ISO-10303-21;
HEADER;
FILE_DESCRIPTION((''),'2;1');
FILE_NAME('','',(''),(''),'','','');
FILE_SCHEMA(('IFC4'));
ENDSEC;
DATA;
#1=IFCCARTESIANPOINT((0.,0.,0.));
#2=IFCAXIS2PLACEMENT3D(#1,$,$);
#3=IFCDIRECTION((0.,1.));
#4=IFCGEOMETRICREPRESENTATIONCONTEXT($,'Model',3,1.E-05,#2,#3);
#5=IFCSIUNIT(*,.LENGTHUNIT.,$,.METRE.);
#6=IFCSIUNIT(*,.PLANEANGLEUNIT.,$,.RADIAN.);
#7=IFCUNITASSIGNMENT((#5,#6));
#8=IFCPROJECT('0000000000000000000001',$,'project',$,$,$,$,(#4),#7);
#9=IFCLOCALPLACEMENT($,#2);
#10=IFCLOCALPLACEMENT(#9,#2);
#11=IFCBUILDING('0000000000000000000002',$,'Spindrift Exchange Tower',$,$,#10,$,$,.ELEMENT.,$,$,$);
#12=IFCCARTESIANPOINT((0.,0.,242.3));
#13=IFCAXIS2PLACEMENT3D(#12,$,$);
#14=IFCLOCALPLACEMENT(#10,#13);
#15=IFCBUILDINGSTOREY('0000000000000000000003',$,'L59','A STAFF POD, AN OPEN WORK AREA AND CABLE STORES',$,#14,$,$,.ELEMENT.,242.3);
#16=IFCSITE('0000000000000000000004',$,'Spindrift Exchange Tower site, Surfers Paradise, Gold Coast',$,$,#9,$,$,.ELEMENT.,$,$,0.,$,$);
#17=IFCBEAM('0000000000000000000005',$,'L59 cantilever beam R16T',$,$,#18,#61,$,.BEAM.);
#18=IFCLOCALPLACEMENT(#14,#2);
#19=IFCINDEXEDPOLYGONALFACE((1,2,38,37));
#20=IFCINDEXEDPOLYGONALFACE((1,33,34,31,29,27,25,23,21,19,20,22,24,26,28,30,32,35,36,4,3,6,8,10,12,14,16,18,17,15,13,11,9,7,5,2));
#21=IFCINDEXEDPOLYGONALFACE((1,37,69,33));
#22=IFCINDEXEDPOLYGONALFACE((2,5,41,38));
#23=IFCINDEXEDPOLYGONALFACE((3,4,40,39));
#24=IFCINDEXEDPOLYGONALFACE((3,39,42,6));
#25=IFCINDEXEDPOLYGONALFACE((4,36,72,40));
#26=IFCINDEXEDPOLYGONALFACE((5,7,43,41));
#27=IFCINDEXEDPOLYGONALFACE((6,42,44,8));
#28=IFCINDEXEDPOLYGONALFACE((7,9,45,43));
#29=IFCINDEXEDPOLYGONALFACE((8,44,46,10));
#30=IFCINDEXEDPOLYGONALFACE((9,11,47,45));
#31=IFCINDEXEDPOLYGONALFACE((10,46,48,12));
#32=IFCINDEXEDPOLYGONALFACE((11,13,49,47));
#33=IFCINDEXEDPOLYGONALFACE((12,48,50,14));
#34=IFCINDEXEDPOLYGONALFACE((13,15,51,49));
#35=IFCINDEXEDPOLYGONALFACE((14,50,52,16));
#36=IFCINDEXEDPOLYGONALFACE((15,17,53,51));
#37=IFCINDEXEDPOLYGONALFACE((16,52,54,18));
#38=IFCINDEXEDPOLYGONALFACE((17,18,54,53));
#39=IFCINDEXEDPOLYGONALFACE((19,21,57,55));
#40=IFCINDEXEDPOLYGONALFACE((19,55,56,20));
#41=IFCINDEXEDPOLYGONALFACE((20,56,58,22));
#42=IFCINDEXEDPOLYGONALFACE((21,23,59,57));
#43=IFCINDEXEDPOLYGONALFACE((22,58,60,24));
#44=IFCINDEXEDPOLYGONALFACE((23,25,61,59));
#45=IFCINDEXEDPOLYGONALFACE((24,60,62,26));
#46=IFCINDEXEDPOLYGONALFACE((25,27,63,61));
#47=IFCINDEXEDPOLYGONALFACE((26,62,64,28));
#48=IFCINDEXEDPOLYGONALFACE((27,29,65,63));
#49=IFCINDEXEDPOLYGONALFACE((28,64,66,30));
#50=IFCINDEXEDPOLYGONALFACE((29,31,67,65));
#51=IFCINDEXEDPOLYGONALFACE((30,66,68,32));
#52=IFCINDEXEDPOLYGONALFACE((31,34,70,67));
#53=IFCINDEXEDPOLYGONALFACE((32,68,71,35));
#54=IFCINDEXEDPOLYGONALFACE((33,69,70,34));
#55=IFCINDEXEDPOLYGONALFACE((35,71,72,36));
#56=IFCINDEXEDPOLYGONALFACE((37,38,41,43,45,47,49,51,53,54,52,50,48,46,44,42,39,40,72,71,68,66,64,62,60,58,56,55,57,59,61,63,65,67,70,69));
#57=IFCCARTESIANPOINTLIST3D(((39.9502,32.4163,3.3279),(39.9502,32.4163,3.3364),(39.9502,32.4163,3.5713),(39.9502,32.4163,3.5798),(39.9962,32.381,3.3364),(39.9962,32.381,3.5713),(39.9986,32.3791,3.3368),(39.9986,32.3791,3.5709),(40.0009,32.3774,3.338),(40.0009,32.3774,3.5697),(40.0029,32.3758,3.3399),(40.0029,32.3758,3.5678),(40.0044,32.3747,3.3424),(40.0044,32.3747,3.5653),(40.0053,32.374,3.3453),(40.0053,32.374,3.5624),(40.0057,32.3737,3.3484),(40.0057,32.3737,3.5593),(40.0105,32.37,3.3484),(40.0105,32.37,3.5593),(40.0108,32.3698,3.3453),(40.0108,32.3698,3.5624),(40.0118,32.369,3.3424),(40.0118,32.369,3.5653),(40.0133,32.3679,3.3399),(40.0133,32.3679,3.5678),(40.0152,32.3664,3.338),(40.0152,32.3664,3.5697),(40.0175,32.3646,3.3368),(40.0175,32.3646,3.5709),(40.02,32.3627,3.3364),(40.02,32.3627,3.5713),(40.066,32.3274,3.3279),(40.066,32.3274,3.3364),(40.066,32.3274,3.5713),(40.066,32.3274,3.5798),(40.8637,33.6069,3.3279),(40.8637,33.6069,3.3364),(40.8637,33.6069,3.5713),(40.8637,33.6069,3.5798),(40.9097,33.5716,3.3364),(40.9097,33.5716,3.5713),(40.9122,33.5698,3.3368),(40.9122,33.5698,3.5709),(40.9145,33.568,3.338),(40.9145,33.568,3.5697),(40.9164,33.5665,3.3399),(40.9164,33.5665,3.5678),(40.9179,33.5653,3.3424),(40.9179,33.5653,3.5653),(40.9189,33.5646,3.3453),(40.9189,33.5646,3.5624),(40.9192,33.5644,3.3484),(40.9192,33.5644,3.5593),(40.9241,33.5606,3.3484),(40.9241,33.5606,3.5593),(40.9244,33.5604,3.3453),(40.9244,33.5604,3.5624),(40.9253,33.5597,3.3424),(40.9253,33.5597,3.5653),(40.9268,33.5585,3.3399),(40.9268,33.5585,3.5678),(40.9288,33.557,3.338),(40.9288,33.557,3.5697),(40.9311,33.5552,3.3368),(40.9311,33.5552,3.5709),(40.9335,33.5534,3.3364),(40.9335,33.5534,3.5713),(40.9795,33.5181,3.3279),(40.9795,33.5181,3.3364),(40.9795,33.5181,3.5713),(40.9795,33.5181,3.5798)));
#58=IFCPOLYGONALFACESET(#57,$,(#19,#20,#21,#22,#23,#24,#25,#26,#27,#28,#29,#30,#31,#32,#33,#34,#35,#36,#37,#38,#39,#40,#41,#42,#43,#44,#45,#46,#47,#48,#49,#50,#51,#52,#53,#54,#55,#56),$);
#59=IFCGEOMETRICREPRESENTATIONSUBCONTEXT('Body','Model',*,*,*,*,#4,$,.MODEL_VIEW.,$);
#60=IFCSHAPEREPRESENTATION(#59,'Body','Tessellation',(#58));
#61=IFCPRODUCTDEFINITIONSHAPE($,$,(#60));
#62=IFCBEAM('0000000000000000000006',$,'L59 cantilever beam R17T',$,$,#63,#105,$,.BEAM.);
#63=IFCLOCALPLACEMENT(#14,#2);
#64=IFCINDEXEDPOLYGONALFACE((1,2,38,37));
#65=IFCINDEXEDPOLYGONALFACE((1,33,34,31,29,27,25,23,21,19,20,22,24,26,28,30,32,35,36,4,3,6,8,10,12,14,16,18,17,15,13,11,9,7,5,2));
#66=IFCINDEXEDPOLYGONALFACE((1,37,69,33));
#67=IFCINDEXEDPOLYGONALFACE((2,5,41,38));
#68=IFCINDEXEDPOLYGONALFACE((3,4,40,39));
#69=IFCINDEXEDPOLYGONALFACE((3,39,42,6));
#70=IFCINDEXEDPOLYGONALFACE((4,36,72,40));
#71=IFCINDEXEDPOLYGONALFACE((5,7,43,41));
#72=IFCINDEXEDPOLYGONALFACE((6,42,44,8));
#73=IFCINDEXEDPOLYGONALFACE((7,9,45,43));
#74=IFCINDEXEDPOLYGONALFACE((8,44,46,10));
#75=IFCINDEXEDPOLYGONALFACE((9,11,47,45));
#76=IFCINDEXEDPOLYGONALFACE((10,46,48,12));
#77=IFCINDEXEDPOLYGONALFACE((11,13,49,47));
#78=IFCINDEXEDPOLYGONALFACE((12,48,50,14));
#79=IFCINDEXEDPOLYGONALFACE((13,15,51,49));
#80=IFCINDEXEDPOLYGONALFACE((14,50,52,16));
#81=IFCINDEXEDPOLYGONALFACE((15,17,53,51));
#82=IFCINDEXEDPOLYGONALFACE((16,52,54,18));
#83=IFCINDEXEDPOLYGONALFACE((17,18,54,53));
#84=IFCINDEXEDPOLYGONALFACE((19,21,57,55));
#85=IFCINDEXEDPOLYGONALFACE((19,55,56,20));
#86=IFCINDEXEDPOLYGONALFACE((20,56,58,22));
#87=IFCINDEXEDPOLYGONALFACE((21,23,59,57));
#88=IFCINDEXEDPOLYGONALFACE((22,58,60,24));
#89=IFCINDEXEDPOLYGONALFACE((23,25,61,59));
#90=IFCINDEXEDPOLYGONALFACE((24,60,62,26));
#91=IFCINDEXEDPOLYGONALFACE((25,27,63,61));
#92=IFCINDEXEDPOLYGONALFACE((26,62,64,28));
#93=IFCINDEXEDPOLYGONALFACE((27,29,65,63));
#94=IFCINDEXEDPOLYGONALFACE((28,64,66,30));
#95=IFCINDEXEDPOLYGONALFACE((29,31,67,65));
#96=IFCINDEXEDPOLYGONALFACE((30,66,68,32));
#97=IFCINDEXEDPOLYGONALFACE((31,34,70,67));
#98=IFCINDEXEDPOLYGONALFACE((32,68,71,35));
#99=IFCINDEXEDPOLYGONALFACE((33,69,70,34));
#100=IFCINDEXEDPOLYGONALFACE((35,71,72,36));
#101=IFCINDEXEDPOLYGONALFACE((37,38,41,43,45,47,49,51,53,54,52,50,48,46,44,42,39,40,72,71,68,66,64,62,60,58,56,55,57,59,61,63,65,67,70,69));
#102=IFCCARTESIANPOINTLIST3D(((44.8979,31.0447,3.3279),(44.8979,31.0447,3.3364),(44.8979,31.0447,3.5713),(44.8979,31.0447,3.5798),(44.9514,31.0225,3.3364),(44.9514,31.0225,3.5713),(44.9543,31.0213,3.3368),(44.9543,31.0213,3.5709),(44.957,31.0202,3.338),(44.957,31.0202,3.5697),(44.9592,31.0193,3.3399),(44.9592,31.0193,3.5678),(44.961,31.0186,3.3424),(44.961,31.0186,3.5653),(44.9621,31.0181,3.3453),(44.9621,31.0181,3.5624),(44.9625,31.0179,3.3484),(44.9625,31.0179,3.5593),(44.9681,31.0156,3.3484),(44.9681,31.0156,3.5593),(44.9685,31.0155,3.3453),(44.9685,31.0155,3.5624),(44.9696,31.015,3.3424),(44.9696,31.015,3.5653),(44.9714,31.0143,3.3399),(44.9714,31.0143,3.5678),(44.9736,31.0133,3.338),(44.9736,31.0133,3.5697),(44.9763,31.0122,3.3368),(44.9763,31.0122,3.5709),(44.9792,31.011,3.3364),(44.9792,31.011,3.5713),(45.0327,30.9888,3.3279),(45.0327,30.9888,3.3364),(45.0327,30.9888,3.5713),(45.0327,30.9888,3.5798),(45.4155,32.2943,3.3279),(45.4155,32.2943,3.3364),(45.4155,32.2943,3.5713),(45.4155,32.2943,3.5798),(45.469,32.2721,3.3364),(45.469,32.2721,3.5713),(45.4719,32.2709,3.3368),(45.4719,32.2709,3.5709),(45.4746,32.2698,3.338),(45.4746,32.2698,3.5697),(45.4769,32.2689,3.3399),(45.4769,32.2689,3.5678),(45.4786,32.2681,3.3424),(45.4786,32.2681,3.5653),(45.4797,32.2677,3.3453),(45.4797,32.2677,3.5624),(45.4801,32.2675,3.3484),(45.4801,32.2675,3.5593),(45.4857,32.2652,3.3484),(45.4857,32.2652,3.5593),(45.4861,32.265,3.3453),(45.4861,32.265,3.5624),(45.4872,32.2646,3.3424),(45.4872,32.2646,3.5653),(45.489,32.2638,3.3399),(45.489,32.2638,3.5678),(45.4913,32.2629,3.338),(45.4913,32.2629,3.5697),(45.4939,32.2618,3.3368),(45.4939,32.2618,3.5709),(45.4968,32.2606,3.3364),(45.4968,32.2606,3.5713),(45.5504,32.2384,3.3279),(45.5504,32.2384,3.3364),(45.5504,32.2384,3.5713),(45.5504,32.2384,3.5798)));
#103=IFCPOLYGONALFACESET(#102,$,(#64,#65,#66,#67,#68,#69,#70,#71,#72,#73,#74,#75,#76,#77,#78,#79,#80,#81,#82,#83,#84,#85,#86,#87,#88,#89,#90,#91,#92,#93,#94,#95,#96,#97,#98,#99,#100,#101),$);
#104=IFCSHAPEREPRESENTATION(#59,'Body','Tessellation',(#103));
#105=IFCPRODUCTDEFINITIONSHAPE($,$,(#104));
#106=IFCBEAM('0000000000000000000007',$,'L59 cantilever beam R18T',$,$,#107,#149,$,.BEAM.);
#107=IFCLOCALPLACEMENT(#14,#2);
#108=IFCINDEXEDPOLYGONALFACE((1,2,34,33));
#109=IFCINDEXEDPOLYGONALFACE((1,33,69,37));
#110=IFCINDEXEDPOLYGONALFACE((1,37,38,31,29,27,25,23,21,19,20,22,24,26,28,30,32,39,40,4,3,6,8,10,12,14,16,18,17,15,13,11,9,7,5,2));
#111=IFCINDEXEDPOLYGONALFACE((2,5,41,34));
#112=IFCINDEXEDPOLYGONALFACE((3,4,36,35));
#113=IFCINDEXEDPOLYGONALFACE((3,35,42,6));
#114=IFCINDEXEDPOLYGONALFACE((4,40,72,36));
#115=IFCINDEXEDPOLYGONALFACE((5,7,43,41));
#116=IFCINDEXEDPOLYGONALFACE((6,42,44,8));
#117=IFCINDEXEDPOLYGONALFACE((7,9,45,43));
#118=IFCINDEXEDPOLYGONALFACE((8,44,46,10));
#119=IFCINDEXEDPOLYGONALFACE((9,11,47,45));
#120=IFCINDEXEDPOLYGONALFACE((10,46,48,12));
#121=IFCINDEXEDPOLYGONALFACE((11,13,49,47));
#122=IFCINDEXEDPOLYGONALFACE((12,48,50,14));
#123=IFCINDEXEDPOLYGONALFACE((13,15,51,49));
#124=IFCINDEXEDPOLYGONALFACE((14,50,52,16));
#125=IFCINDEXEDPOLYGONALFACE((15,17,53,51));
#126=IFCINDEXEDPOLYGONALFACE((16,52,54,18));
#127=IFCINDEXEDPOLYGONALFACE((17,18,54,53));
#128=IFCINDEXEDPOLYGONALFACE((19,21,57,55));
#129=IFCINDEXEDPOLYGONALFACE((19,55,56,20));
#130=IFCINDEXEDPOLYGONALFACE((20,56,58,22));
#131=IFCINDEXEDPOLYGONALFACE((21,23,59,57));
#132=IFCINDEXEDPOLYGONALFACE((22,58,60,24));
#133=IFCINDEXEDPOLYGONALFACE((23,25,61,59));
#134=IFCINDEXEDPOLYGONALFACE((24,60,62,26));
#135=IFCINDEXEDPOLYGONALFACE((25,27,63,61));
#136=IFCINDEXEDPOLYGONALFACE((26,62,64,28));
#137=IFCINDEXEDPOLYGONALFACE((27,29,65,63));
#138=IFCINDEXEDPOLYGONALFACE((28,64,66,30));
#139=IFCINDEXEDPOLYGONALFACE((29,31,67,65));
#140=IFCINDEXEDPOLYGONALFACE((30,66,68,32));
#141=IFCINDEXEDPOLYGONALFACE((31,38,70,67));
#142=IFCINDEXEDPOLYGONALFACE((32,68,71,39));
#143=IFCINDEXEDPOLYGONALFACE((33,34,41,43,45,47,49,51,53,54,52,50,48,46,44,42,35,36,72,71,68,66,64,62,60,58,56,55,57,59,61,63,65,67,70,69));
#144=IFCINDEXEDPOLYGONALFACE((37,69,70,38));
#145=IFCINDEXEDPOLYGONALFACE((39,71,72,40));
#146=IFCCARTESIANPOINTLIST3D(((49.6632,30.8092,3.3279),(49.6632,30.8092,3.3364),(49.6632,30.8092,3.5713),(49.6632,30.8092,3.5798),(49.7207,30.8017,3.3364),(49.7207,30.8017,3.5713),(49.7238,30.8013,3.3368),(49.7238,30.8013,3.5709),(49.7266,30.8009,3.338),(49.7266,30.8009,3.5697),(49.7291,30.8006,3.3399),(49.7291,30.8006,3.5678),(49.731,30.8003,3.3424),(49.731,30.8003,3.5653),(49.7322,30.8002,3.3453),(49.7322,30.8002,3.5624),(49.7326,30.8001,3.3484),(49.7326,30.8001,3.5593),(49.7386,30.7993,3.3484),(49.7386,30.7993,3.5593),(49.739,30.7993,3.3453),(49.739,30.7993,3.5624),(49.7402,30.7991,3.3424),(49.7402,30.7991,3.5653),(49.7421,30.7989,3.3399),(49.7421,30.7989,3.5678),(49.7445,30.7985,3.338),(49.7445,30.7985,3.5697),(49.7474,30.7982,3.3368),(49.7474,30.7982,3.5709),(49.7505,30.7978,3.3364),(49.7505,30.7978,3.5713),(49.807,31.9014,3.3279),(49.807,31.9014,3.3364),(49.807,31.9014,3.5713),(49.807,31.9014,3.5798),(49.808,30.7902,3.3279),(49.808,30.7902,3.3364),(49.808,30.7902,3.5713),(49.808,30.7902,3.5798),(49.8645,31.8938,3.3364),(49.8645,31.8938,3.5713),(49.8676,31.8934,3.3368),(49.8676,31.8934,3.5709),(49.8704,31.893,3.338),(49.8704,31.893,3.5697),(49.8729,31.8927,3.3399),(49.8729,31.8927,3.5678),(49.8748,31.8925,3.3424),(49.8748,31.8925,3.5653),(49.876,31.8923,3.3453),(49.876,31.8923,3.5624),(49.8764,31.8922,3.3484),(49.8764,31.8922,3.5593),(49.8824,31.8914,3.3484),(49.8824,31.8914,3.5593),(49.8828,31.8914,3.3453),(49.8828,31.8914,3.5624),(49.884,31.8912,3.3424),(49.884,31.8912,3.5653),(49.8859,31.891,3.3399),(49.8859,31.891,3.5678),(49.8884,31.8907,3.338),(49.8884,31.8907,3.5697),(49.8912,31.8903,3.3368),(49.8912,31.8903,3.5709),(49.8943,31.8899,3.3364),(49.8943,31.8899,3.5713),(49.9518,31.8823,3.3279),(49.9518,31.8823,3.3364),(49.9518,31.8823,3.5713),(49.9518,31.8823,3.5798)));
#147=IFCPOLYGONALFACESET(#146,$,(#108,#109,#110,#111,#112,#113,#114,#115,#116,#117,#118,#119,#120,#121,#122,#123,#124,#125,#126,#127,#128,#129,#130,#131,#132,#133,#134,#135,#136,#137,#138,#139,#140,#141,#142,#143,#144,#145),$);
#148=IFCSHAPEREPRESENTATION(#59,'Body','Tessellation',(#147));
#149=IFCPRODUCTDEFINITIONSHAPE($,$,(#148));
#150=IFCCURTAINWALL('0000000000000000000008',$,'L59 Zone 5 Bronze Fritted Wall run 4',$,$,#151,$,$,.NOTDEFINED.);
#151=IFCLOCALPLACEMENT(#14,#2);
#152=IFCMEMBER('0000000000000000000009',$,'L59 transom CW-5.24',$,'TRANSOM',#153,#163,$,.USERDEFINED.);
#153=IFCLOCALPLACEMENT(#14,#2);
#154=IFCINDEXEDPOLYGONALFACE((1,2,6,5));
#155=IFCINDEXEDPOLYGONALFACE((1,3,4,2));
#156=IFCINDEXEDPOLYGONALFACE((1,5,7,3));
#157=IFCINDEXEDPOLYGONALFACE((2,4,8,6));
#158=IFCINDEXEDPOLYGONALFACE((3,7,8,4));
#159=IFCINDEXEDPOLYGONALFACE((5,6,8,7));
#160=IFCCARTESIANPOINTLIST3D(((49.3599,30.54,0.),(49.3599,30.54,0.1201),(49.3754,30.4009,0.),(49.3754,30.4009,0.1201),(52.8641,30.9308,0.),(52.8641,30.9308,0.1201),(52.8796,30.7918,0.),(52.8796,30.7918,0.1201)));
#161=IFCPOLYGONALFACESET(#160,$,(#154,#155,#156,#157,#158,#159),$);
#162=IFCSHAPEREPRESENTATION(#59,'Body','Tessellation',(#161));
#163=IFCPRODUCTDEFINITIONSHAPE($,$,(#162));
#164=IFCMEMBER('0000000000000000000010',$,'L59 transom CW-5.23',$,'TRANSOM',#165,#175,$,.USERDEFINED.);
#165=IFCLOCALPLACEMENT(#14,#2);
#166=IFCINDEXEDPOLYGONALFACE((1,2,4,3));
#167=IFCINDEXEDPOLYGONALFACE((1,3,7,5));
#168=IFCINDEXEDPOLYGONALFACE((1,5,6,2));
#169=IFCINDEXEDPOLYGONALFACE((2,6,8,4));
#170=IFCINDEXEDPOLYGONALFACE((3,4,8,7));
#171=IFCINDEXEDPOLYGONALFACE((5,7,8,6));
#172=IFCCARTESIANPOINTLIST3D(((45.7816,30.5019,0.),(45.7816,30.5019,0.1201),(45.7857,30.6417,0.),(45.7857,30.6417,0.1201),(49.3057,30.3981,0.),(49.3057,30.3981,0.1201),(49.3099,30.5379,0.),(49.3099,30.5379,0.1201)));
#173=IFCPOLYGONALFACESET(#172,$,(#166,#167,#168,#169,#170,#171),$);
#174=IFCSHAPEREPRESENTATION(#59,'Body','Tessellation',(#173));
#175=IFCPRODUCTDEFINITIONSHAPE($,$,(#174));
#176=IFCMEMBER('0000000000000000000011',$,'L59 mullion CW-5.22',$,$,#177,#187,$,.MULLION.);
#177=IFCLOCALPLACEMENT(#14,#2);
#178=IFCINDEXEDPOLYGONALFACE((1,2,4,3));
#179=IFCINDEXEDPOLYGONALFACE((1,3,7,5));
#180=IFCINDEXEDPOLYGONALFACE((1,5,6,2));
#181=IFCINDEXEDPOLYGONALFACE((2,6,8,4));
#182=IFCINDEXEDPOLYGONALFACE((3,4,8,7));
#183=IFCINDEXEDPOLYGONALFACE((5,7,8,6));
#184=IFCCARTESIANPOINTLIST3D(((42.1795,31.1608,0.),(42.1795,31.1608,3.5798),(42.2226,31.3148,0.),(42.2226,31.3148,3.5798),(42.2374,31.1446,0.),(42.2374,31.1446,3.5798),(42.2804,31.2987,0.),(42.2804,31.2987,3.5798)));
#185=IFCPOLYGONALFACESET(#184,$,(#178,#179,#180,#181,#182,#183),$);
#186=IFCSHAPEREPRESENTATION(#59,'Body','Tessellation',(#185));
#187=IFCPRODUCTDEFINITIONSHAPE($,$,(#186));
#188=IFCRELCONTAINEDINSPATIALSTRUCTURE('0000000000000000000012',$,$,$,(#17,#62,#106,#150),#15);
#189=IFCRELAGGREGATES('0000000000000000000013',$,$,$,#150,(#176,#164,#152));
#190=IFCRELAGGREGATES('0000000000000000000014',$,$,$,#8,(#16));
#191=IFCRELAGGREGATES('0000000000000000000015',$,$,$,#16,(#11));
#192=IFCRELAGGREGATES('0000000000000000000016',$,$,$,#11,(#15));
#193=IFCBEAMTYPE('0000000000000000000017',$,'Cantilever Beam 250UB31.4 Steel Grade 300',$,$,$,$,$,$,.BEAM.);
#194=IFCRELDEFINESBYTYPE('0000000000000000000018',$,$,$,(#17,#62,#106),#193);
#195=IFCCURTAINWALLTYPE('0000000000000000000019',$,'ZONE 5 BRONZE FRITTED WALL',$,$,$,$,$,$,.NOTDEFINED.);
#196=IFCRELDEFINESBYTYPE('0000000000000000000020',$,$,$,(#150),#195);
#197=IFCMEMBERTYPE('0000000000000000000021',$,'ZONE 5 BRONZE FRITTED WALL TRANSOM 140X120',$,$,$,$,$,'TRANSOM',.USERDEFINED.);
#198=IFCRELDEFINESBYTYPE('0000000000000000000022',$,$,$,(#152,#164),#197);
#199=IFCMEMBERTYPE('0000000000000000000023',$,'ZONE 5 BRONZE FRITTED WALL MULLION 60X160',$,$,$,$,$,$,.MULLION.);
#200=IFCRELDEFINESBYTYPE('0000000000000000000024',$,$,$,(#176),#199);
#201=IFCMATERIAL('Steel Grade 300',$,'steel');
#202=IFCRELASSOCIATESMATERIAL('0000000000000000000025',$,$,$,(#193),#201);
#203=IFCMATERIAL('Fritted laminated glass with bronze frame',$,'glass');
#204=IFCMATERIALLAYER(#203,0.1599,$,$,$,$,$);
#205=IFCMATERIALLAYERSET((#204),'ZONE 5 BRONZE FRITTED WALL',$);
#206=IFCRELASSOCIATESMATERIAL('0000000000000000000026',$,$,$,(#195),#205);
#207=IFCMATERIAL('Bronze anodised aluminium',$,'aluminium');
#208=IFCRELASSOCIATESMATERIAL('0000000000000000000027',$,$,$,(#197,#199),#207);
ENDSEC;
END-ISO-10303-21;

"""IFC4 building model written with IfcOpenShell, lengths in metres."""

from ifc_helpers import new_model, si_unit, direction, frame, origin, origin_2d, place, context, subcontext, project, spatial, rectangle, i_section, extrude, source, transform, mapped, material, layer, layer_set, material_profile, profile_set, type_object, element, aggregate, save


model = new_model("IFC4")

# Units and contexts
model_context = context("Model", 3, precision=1e-05, world=origin(), true_north=direction((0.0, 1.0)))
body_context = subcontext(model_context, "Body", "Model", "MODEL_VIEW")
ifc_project = project(units=[si_unit("LENGTHUNIT", "METRE"), si_unit("PLANEANGLEUNIT", "RADIAN")], contexts=[model_context])

# Site, building, storey
site_placement = place(None, origin())
site = spatial("IfcSite", under=ifc_project, at=site_placement, Name="Spindrift Exchange Tower site, Surfers Paradise, Gold Coast", CompositionType="ELEMENT", RefElevation=0.0)
building_placement = place(site_placement, origin())
building = spatial("IfcBuilding", under=site, at=building_placement, Name="Spindrift Exchange Tower", CompositionType="ELEMENT")
storey_placement = place(building_placement, frame((0.0, 0.0, 242.3)))
storey = spatial("IfcBuildingStorey", under=building, at=storey_placement, Name="L59", Description="A STAFF POD, AN OPEN WORK AREA AND CABLE STORES", CompositionType="ELEMENT", Elevation=242.3)

# Beams
ifc_material_1 = material(Name="Steel Grade 300", Category="steel")
ifc_material_profile_1 = material_profile(ifc_material_1, i_section(OverallWidth=0.146, OverallDepth=0.252, WebThickness=0.0061, FlangeThickness=0.0085, FilletRadius=0.012, at=origin_2d()), Name="250UB31.4")
ifc_profile_set_1 = profile_set([ifc_material_profile_1], Name="Steel Grade 300")
beam_type_1 = type_object("IfcBeamType", Name="Cantilever Beam 250UB31.4 Steel Grade 300", PredefinedType="BEAM", material=ifc_profile_set_1)
shared_shape_1 = source(origin(), body_context, "Body", "SweptSolid", [
    extrude(i_section(OverallWidth=0.146, OverallDepth=0.252, WebThickness=0.0061, FlangeThickness=0.0085, FilletRadius=0.012, at=origin_2d()), origin(), (0.0, 0.0, 1.0), 1.5007),
])
beam_1_placement = place(storey_placement, frame((40.9216, 33.5625, 3.4539), z_axis=(-0.608735, -0.793373, 0.0), x_axis=(0.793373, -0.608735, 0.0)))
element("IfcBeam", 1, at=beam_1_placement, inside=storey, type_object=beam_type_1, Name="L59 cantilever beam R16T", PredefinedType="BEAM", context=body_context, shape_type="MappedRepresentation", body=[
    mapped(shared_shape_1, transform((0.0, 0.0, 0.0), scale=1.0)),
])
shared_shape_2 = source(origin(), body_context, "Body", "SweptSolid", [
    extrude(i_section(OverallWidth=0.146, OverallDepth=0.252, WebThickness=0.0061, FlangeThickness=0.0085, FilletRadius=0.012, at=origin_2d()), origin(), (0.0, 0.0, 1.0), 1.3525),
])
beam_2_placement = place(storey_placement, frame((45.4829, 32.2664, 3.4539), z_axis=(-0.382692, -0.923876, 0.0), x_axis=(0.923876, -0.382692, 0.0)))
element("IfcBeam", 2, at=beam_2_placement, inside=storey, type_object=beam_type_1, Name="L59 cantilever beam R17T", PredefinedType="BEAM", context=body_context, shape_type="MappedRepresentation", body=[
    mapped(shared_shape_2, transform((0.0, 0.0, 0.0), scale=1.0)),
])
shared_shape_3 = source(origin(), body_context, "Body", "SweptSolid", [
    extrude(i_section(OverallWidth=0.146, OverallDepth=0.252, WebThickness=0.0061, FlangeThickness=0.0085, FilletRadius=0.012, at=origin_2d()), origin(), (0.0, 0.0, 1.0), 1.1016),
])
beam_3_placement = place(storey_placement, frame((49.8794, 31.8918, 3.4539), z_axis=(-0.130552, -0.991441, 0.0), x_axis=(0.991441, -0.130552, 0.0)))
element("IfcBeam", 3, at=beam_3_placement, inside=storey, type_object=beam_type_1, Name="L59 cantilever beam R18T", PredefinedType="BEAM", context=body_context, shape_type="MappedRepresentation", body=[
    mapped(shared_shape_3, transform((0.0, 0.0, 0.0), scale=1.0)),
])

# Curtain wall, members
ifc_material_2 = material(Name="Fritted laminated glass with bronze frame", Category="glass")
ifc_layer_1 = layer(ifc_material_2, 0.1599)
ifc_layer_set_1 = layer_set([ifc_layer_1], Name="ZONE 5 BRONZE FRITTED WALL")
curtain_wall_type = type_object("IfcCurtainWallType", Name="ZONE 5 BRONZE FRITTED WALL", PredefinedType="NOTDEFINED", material=ifc_layer_set_1)
curtain_wall_placement = place(storey_placement, origin())
curtain_wall = element("IfcCurtainWall", 4, at=curtain_wall_placement, inside=storey, type_object=curtain_wall_type, Name="L59 Zone 5 Bronze Fritted Wall run 4", PredefinedType="NOTDEFINED")
ifc_material_3 = material(Name="Bronze anodised aluminium", Category="aluminium")
ifc_material_profile_2 = material_profile(ifc_material_3, rectangle(XDim=0.1399, YDim=0.1201, at=origin_2d()), Name="ZONE 5 BRONZE FRITTED WALL TRANSOM 140X120")
ifc_profile_set_2 = profile_set([ifc_material_profile_2], Name="Bronze anodised aluminium")
member_type_1 = type_object("IfcMemberType", Name="ZONE 5 BRONZE FRITTED WALL TRANSOM 140X120", ElementType="TRANSOM", PredefinedType="USERDEFINED", material=ifc_profile_set_2)
shared_shape_4 = source(origin(), body_context, "Body", "SweptSolid", [
    extrude(rectangle(XDim=0.1399, YDim=0.1201, at=origin_2d()), origin(), (0.0, 0.0, 1.0), 3.5259),
])
member_1_placement = place(storey_placement, frame((49.3677, 30.4705, 0.0601), z_axis=(0.993836, 0.110857, 0.0), x_axis=(-0.110857, 0.993836, 0.0)))
member_1 = element("IfcMember", 5, at=member_1_placement, type_object=member_type_1, Name="L59 transom CW-5.24", ObjectType="TRANSOM", PredefinedType="USERDEFINED", context=body_context, shape_type="MappedRepresentation", body=[
    mapped(shared_shape_4, transform((0.0, 0.0, 0.0), scale=1.0)),
])
shared_shape_5 = source(origin(), body_context, "Body", "SweptSolid", [
    extrude(rectangle(XDim=0.1399, YDim=0.1201, at=origin_2d()), origin(), (0.0, 0.0, 1.0), 3.5256),
])
member_2_placement = place(storey_placement, frame((45.7837, 30.5718, 0.0601), z_axis=(0.999567, -0.02943, 0.0), x_axis=(0.02943, 0.999567, 0.0)))
member_2 = element("IfcMember", 6, at=member_2_placement, type_object=member_type_1, Name="L59 transom CW-5.23", ObjectType="TRANSOM", PredefinedType="USERDEFINED", context=body_context, shape_type="MappedRepresentation", body=[
    mapped(shared_shape_5, transform((0.0, 0.0, 0.0), scale=1.0)),
])
ifc_material_profile_3 = material_profile(ifc_material_3, rectangle(XDim=0.0601, YDim=0.1599, at=origin_2d()), Name="ZONE 5 BRONZE FRITTED WALL MULLION 60X160")
ifc_profile_set_3 = profile_set([ifc_material_profile_3], Name="Bronze anodised aluminium")
member_type_2 = type_object("IfcMemberType", Name="ZONE 5 BRONZE FRITTED WALL MULLION 60X160", PredefinedType="MULLION", material=ifc_profile_set_3)
shared_shape_6 = source(origin(), body_context, "Body", "SweptSolid", [
    extrude(rectangle(XDim=0.0601, YDim=0.1599, at=origin_2d()), origin(), (0.0, 0.0, 1.0), 3.5798),
])
member_3_placement = place(storey_placement, frame((42.23, 31.2297, 0.0), z_axis=(0.0, 0.0, 1.0), x_axis=(0.963139, -0.269006, 0.0)))
member_3 = element("IfcMember", 7, at=member_3_placement, type_object=member_type_2, Name="L59 mullion CW-5.22", PredefinedType="MULLION", context=body_context, shape_type="MappedRepresentation", body=[
    mapped(shared_shape_6, transform((0.0, 0.0, 0.0), scale=1.0)),
])
aggregate(curtain_wall, [member_3, member_2, member_1])

save(model, "model.ifc")
